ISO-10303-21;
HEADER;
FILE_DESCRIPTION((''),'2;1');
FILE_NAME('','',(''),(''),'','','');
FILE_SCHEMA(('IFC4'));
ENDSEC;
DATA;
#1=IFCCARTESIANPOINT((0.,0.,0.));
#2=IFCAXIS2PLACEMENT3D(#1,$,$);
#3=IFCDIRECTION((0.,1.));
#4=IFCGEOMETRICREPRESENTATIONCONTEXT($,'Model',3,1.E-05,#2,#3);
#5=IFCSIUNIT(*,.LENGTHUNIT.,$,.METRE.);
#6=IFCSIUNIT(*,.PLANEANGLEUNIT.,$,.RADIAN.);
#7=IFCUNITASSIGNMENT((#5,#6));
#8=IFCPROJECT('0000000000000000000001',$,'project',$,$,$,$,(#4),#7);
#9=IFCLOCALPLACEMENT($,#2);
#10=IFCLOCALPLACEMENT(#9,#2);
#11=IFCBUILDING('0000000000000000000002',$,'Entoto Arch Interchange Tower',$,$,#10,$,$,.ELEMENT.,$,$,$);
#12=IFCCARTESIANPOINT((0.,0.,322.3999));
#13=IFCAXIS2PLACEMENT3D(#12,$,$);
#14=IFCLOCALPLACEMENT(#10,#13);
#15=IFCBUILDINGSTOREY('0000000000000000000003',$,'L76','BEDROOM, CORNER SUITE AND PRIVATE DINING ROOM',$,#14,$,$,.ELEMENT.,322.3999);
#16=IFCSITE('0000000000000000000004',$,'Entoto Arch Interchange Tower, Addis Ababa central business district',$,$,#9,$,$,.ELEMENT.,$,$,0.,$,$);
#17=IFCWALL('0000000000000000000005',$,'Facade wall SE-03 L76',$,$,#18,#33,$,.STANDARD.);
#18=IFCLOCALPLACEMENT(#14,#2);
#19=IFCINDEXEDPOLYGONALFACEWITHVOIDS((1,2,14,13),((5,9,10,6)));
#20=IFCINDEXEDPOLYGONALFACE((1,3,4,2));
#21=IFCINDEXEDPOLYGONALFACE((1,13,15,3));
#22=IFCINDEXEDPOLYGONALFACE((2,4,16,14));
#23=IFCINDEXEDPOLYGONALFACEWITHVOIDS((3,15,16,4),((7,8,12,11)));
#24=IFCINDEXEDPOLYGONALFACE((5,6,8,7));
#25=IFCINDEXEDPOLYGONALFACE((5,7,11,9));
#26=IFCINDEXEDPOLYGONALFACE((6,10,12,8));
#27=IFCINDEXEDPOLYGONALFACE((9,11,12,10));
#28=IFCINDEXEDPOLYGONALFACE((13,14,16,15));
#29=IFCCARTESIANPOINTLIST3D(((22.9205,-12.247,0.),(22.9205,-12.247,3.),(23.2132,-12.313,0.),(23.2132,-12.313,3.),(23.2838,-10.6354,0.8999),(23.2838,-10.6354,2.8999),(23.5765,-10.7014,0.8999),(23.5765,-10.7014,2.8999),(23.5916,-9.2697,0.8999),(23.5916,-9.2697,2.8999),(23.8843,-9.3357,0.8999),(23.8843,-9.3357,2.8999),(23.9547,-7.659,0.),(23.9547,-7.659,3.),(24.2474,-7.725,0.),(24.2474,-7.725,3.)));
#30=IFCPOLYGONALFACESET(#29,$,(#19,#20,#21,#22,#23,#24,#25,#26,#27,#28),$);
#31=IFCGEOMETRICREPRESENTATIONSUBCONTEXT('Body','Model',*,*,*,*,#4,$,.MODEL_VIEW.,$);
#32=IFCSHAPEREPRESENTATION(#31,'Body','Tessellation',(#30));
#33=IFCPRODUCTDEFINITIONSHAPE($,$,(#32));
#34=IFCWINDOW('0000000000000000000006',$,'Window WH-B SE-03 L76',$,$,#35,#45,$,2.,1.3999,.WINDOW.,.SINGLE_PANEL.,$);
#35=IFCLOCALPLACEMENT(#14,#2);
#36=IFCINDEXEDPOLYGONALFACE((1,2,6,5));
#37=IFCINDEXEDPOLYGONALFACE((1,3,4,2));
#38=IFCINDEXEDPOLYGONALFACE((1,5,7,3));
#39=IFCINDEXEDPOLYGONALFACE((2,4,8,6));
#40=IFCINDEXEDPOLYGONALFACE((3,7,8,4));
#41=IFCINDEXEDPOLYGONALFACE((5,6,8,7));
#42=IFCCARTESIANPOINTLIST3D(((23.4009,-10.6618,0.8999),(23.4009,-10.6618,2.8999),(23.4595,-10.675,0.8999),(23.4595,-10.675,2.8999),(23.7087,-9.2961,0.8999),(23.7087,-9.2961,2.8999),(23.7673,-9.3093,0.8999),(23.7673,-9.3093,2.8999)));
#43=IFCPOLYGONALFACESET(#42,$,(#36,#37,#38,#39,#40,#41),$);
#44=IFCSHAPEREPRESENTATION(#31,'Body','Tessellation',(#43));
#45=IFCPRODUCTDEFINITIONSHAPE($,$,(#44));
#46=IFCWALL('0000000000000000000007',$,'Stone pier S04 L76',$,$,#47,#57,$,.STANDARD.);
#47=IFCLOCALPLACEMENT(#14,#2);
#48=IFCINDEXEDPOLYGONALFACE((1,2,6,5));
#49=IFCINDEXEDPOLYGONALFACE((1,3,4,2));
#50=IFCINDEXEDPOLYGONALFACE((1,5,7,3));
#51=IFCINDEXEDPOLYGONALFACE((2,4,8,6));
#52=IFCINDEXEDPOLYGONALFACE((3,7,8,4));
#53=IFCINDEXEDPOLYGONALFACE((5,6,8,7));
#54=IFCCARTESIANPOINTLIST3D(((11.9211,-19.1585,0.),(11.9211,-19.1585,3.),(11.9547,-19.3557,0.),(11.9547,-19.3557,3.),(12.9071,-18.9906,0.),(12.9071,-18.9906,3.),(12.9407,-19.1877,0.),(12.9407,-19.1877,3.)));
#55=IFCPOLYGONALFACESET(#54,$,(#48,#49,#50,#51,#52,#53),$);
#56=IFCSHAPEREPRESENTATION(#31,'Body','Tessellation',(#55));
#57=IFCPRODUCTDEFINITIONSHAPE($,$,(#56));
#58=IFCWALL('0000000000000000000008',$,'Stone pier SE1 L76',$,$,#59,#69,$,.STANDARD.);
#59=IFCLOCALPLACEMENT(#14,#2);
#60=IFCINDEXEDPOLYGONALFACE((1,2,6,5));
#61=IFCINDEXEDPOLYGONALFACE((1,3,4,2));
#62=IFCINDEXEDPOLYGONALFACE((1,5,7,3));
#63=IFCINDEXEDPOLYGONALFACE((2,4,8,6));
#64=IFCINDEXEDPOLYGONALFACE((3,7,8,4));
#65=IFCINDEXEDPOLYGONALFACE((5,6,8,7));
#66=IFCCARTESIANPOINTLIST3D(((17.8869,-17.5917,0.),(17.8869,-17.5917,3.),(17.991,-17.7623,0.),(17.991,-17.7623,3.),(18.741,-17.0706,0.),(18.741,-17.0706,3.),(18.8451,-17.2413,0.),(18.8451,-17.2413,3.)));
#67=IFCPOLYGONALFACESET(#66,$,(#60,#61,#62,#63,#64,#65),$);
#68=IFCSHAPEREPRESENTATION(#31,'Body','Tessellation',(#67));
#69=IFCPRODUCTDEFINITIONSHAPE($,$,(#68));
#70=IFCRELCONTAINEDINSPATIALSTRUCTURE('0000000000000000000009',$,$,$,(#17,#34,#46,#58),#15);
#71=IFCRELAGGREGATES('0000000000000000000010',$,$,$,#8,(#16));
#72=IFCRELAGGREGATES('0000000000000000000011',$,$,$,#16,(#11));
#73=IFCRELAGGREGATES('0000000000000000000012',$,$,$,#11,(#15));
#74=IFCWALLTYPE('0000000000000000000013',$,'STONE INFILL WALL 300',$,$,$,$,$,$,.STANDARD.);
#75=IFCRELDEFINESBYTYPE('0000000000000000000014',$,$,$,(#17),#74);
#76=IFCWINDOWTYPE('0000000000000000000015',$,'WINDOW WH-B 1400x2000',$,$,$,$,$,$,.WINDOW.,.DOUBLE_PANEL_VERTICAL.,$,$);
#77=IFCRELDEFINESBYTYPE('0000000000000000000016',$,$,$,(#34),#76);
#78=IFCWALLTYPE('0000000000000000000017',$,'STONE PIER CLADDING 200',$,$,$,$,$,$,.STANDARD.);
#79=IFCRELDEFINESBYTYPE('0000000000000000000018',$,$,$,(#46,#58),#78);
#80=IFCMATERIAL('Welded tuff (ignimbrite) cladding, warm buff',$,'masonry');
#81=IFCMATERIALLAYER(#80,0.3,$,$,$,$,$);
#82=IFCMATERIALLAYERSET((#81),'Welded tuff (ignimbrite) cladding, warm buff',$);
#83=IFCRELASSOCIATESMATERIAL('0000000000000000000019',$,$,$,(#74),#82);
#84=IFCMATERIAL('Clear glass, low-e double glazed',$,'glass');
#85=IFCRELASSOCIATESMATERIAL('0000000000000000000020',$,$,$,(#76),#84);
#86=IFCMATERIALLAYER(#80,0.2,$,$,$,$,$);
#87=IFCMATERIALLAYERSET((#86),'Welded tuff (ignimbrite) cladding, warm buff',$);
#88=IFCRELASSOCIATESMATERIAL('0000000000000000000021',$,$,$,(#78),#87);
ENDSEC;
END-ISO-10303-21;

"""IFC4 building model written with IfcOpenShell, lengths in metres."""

from ifc_helpers import new_model, si_unit, direction, frame, frame_2d, origin, place, context, subcontext, project, spatial, rectangle, extrude, material, layer, layer_set, type_object, element, fill, save


model = new_model("IFC4")

# Units and contexts
model_context = context("Model", 3, precision=1e-05, world=origin(), true_north=direction((0.0, 1.0)))
body_context = subcontext(model_context, "Body", "Model", "MODEL_VIEW")
ifc_project = project(units=[si_unit("LENGTHUNIT", "METRE"), si_unit("PLANEANGLEUNIT", "RADIAN")], contexts=[model_context])

# Site, building, storey
site_placement = place(None, origin())
site = spatial("IfcSite", under=ifc_project, at=site_placement, Name="Entoto Arch Interchange Tower, Addis Ababa central business district", CompositionType="ELEMENT", RefElevation=0.0)
building_placement = place(site_placement, origin())
building = spatial("IfcBuilding", under=site, at=building_placement, Name="Entoto Arch Interchange Tower", CompositionType="ELEMENT")
storey_placement = place(building_placement, frame((0.0, 0.0, 322.3999)))
storey = spatial("IfcBuildingStorey", under=building, at=storey_placement, Name="L76", Description="BEDROOM, CORNER SUITE AND PRIVATE DINING ROOM", CompositionType="ELEMENT", Elevation=322.3999)

# Shared definitions
ifc_material_1 = material(Name="Welded tuff (ignimbrite) cladding, warm buff", Category="masonry")
ifc_layer_1 = layer(ifc_material_1, 0.3)
ifc_layer_set_1 = layer_set([ifc_layer_1], Name="Welded tuff (ignimbrite) cladding, warm buff")
wall_type_1 = type_object("IfcWallType", Name="STONE INFILL WALL 300", PredefinedType="STANDARD", material=ifc_layer_set_1)
ifc_material_2 = material(Name="Clear glass, low-e double glazed", Category="glass")
window_type = type_object("IfcWindowType", Name="WINDOW WH-B 1400x2000", PartitioningType="DOUBLE_PANEL_VERTICAL", PredefinedType="WINDOW", material=ifc_material_2)

# Wall, opening, window
wall_1_placement = place(storey_placement, frame((23.0669, -12.28, 0.0), z_axis=(0.0, 0.0, 1.0), x_axis=(0.219886, 0.975525, 0.0)))
wall_1 = element("IfcWall", 1, at=wall_1_placement, inside=storey, type_object=wall_type_1, Name="Facade wall SE-03 L76", PredefinedType="STANDARD", context=body_context, shape_type="SweptSolid", body=[
    extrude(rectangle(XDim=4.7031, YDim=0.3, at=frame_2d((2.3516, 0.0))), origin(), (0.0, 0.0, 1.0), 3.0),
])
opening_1_placement = place(wall_1_placement, frame((1.6521, 0.0, 0.8999)))
opening_1 = element("IfcOpeningElement", 2, at=opening_1_placement, cuts=wall_1, PredefinedType="OPENING", context=body_context, shape_type="SweptSolid", body=[
    extrude(rectangle(XDim=1.3999, YDim=2.0, at=frame_2d((0.7, 1.0))), frame((0.0, 0.1602, 0.0), z_axis=(0.0, -1.0, 0.0), x_axis=(1.0, 0.0, 0.0)), (0.0, 0.0, 1.0), 0.3201),
])
window_1_placement = place(opening_1_placement, origin())
window_1 = element("IfcWindow", 3, at=window_1_placement, inside=storey, type_object=window_type, Name="Window WH-B SE-03 L76", OverallHeight=2.0, OverallWidth=1.3999, PartitioningType="SINGLE_PANEL", PredefinedType="WINDOW", context=body_context, shape_type="SweptSolid", body=[
    extrude(rectangle(XDim=1.3999, YDim=2.0, at=frame_2d((0.7, 1.0))), frame((0.0, 0.03, 0.0), z_axis=(0.0, -1.0, 0.0), x_axis=(1.0, 0.0, 0.0)), (0.0, 0.0, 1.0), 0.0601),
])
fill(opening_1, window_1)

# Walls
ifc_layer_2 = layer(ifc_material_1, 0.2)
ifc_layer_set_2 = layer_set([ifc_layer_2], Name="Welded tuff (ignimbrite) cladding, warm buff")
wall_type_2 = type_object("IfcWallType", Name="STONE PIER CLADDING 200", PredefinedType="STANDARD", material=ifc_layer_set_2)
wall_2_placement = place(storey_placement, frame((11.938, -19.2571, 0.0), z_axis=(0.0, 0.0, 1.0), x_axis=(0.985801, 0.16792, 0.0)))
element("IfcWall", 4, at=wall_2_placement, inside=storey, type_object=wall_type_2, Name="Stone pier S04 L76", PredefinedType="STANDARD", context=body_context, shape_type="SweptSolid", body=[
    extrude(rectangle(XDim=1.0002, YDim=0.2, at=frame_2d((0.5, 0.0))), origin(), (0.0, 0.0, 1.0), 3.0),
])
wall_3_placement = place(storey_placement, frame((17.939, -17.677, 0.0), z_axis=(0.0, 0.0, 1.0), x_axis=(0.85368, 0.520798, 0.0)))
element("IfcWall", 5, at=wall_3_placement, inside=storey, type_object=wall_type_2, Name="Stone pier SE1 L76", PredefinedType="STANDARD", context=body_context, shape_type="SweptSolid", body=[
    extrude(rectangle(XDim=1.0005, YDim=0.2, at=frame_2d((0.5002, 0.0))), origin(), (0.0, 0.0, 1.0), 3.0),
])

save(model, "model.ifc")
